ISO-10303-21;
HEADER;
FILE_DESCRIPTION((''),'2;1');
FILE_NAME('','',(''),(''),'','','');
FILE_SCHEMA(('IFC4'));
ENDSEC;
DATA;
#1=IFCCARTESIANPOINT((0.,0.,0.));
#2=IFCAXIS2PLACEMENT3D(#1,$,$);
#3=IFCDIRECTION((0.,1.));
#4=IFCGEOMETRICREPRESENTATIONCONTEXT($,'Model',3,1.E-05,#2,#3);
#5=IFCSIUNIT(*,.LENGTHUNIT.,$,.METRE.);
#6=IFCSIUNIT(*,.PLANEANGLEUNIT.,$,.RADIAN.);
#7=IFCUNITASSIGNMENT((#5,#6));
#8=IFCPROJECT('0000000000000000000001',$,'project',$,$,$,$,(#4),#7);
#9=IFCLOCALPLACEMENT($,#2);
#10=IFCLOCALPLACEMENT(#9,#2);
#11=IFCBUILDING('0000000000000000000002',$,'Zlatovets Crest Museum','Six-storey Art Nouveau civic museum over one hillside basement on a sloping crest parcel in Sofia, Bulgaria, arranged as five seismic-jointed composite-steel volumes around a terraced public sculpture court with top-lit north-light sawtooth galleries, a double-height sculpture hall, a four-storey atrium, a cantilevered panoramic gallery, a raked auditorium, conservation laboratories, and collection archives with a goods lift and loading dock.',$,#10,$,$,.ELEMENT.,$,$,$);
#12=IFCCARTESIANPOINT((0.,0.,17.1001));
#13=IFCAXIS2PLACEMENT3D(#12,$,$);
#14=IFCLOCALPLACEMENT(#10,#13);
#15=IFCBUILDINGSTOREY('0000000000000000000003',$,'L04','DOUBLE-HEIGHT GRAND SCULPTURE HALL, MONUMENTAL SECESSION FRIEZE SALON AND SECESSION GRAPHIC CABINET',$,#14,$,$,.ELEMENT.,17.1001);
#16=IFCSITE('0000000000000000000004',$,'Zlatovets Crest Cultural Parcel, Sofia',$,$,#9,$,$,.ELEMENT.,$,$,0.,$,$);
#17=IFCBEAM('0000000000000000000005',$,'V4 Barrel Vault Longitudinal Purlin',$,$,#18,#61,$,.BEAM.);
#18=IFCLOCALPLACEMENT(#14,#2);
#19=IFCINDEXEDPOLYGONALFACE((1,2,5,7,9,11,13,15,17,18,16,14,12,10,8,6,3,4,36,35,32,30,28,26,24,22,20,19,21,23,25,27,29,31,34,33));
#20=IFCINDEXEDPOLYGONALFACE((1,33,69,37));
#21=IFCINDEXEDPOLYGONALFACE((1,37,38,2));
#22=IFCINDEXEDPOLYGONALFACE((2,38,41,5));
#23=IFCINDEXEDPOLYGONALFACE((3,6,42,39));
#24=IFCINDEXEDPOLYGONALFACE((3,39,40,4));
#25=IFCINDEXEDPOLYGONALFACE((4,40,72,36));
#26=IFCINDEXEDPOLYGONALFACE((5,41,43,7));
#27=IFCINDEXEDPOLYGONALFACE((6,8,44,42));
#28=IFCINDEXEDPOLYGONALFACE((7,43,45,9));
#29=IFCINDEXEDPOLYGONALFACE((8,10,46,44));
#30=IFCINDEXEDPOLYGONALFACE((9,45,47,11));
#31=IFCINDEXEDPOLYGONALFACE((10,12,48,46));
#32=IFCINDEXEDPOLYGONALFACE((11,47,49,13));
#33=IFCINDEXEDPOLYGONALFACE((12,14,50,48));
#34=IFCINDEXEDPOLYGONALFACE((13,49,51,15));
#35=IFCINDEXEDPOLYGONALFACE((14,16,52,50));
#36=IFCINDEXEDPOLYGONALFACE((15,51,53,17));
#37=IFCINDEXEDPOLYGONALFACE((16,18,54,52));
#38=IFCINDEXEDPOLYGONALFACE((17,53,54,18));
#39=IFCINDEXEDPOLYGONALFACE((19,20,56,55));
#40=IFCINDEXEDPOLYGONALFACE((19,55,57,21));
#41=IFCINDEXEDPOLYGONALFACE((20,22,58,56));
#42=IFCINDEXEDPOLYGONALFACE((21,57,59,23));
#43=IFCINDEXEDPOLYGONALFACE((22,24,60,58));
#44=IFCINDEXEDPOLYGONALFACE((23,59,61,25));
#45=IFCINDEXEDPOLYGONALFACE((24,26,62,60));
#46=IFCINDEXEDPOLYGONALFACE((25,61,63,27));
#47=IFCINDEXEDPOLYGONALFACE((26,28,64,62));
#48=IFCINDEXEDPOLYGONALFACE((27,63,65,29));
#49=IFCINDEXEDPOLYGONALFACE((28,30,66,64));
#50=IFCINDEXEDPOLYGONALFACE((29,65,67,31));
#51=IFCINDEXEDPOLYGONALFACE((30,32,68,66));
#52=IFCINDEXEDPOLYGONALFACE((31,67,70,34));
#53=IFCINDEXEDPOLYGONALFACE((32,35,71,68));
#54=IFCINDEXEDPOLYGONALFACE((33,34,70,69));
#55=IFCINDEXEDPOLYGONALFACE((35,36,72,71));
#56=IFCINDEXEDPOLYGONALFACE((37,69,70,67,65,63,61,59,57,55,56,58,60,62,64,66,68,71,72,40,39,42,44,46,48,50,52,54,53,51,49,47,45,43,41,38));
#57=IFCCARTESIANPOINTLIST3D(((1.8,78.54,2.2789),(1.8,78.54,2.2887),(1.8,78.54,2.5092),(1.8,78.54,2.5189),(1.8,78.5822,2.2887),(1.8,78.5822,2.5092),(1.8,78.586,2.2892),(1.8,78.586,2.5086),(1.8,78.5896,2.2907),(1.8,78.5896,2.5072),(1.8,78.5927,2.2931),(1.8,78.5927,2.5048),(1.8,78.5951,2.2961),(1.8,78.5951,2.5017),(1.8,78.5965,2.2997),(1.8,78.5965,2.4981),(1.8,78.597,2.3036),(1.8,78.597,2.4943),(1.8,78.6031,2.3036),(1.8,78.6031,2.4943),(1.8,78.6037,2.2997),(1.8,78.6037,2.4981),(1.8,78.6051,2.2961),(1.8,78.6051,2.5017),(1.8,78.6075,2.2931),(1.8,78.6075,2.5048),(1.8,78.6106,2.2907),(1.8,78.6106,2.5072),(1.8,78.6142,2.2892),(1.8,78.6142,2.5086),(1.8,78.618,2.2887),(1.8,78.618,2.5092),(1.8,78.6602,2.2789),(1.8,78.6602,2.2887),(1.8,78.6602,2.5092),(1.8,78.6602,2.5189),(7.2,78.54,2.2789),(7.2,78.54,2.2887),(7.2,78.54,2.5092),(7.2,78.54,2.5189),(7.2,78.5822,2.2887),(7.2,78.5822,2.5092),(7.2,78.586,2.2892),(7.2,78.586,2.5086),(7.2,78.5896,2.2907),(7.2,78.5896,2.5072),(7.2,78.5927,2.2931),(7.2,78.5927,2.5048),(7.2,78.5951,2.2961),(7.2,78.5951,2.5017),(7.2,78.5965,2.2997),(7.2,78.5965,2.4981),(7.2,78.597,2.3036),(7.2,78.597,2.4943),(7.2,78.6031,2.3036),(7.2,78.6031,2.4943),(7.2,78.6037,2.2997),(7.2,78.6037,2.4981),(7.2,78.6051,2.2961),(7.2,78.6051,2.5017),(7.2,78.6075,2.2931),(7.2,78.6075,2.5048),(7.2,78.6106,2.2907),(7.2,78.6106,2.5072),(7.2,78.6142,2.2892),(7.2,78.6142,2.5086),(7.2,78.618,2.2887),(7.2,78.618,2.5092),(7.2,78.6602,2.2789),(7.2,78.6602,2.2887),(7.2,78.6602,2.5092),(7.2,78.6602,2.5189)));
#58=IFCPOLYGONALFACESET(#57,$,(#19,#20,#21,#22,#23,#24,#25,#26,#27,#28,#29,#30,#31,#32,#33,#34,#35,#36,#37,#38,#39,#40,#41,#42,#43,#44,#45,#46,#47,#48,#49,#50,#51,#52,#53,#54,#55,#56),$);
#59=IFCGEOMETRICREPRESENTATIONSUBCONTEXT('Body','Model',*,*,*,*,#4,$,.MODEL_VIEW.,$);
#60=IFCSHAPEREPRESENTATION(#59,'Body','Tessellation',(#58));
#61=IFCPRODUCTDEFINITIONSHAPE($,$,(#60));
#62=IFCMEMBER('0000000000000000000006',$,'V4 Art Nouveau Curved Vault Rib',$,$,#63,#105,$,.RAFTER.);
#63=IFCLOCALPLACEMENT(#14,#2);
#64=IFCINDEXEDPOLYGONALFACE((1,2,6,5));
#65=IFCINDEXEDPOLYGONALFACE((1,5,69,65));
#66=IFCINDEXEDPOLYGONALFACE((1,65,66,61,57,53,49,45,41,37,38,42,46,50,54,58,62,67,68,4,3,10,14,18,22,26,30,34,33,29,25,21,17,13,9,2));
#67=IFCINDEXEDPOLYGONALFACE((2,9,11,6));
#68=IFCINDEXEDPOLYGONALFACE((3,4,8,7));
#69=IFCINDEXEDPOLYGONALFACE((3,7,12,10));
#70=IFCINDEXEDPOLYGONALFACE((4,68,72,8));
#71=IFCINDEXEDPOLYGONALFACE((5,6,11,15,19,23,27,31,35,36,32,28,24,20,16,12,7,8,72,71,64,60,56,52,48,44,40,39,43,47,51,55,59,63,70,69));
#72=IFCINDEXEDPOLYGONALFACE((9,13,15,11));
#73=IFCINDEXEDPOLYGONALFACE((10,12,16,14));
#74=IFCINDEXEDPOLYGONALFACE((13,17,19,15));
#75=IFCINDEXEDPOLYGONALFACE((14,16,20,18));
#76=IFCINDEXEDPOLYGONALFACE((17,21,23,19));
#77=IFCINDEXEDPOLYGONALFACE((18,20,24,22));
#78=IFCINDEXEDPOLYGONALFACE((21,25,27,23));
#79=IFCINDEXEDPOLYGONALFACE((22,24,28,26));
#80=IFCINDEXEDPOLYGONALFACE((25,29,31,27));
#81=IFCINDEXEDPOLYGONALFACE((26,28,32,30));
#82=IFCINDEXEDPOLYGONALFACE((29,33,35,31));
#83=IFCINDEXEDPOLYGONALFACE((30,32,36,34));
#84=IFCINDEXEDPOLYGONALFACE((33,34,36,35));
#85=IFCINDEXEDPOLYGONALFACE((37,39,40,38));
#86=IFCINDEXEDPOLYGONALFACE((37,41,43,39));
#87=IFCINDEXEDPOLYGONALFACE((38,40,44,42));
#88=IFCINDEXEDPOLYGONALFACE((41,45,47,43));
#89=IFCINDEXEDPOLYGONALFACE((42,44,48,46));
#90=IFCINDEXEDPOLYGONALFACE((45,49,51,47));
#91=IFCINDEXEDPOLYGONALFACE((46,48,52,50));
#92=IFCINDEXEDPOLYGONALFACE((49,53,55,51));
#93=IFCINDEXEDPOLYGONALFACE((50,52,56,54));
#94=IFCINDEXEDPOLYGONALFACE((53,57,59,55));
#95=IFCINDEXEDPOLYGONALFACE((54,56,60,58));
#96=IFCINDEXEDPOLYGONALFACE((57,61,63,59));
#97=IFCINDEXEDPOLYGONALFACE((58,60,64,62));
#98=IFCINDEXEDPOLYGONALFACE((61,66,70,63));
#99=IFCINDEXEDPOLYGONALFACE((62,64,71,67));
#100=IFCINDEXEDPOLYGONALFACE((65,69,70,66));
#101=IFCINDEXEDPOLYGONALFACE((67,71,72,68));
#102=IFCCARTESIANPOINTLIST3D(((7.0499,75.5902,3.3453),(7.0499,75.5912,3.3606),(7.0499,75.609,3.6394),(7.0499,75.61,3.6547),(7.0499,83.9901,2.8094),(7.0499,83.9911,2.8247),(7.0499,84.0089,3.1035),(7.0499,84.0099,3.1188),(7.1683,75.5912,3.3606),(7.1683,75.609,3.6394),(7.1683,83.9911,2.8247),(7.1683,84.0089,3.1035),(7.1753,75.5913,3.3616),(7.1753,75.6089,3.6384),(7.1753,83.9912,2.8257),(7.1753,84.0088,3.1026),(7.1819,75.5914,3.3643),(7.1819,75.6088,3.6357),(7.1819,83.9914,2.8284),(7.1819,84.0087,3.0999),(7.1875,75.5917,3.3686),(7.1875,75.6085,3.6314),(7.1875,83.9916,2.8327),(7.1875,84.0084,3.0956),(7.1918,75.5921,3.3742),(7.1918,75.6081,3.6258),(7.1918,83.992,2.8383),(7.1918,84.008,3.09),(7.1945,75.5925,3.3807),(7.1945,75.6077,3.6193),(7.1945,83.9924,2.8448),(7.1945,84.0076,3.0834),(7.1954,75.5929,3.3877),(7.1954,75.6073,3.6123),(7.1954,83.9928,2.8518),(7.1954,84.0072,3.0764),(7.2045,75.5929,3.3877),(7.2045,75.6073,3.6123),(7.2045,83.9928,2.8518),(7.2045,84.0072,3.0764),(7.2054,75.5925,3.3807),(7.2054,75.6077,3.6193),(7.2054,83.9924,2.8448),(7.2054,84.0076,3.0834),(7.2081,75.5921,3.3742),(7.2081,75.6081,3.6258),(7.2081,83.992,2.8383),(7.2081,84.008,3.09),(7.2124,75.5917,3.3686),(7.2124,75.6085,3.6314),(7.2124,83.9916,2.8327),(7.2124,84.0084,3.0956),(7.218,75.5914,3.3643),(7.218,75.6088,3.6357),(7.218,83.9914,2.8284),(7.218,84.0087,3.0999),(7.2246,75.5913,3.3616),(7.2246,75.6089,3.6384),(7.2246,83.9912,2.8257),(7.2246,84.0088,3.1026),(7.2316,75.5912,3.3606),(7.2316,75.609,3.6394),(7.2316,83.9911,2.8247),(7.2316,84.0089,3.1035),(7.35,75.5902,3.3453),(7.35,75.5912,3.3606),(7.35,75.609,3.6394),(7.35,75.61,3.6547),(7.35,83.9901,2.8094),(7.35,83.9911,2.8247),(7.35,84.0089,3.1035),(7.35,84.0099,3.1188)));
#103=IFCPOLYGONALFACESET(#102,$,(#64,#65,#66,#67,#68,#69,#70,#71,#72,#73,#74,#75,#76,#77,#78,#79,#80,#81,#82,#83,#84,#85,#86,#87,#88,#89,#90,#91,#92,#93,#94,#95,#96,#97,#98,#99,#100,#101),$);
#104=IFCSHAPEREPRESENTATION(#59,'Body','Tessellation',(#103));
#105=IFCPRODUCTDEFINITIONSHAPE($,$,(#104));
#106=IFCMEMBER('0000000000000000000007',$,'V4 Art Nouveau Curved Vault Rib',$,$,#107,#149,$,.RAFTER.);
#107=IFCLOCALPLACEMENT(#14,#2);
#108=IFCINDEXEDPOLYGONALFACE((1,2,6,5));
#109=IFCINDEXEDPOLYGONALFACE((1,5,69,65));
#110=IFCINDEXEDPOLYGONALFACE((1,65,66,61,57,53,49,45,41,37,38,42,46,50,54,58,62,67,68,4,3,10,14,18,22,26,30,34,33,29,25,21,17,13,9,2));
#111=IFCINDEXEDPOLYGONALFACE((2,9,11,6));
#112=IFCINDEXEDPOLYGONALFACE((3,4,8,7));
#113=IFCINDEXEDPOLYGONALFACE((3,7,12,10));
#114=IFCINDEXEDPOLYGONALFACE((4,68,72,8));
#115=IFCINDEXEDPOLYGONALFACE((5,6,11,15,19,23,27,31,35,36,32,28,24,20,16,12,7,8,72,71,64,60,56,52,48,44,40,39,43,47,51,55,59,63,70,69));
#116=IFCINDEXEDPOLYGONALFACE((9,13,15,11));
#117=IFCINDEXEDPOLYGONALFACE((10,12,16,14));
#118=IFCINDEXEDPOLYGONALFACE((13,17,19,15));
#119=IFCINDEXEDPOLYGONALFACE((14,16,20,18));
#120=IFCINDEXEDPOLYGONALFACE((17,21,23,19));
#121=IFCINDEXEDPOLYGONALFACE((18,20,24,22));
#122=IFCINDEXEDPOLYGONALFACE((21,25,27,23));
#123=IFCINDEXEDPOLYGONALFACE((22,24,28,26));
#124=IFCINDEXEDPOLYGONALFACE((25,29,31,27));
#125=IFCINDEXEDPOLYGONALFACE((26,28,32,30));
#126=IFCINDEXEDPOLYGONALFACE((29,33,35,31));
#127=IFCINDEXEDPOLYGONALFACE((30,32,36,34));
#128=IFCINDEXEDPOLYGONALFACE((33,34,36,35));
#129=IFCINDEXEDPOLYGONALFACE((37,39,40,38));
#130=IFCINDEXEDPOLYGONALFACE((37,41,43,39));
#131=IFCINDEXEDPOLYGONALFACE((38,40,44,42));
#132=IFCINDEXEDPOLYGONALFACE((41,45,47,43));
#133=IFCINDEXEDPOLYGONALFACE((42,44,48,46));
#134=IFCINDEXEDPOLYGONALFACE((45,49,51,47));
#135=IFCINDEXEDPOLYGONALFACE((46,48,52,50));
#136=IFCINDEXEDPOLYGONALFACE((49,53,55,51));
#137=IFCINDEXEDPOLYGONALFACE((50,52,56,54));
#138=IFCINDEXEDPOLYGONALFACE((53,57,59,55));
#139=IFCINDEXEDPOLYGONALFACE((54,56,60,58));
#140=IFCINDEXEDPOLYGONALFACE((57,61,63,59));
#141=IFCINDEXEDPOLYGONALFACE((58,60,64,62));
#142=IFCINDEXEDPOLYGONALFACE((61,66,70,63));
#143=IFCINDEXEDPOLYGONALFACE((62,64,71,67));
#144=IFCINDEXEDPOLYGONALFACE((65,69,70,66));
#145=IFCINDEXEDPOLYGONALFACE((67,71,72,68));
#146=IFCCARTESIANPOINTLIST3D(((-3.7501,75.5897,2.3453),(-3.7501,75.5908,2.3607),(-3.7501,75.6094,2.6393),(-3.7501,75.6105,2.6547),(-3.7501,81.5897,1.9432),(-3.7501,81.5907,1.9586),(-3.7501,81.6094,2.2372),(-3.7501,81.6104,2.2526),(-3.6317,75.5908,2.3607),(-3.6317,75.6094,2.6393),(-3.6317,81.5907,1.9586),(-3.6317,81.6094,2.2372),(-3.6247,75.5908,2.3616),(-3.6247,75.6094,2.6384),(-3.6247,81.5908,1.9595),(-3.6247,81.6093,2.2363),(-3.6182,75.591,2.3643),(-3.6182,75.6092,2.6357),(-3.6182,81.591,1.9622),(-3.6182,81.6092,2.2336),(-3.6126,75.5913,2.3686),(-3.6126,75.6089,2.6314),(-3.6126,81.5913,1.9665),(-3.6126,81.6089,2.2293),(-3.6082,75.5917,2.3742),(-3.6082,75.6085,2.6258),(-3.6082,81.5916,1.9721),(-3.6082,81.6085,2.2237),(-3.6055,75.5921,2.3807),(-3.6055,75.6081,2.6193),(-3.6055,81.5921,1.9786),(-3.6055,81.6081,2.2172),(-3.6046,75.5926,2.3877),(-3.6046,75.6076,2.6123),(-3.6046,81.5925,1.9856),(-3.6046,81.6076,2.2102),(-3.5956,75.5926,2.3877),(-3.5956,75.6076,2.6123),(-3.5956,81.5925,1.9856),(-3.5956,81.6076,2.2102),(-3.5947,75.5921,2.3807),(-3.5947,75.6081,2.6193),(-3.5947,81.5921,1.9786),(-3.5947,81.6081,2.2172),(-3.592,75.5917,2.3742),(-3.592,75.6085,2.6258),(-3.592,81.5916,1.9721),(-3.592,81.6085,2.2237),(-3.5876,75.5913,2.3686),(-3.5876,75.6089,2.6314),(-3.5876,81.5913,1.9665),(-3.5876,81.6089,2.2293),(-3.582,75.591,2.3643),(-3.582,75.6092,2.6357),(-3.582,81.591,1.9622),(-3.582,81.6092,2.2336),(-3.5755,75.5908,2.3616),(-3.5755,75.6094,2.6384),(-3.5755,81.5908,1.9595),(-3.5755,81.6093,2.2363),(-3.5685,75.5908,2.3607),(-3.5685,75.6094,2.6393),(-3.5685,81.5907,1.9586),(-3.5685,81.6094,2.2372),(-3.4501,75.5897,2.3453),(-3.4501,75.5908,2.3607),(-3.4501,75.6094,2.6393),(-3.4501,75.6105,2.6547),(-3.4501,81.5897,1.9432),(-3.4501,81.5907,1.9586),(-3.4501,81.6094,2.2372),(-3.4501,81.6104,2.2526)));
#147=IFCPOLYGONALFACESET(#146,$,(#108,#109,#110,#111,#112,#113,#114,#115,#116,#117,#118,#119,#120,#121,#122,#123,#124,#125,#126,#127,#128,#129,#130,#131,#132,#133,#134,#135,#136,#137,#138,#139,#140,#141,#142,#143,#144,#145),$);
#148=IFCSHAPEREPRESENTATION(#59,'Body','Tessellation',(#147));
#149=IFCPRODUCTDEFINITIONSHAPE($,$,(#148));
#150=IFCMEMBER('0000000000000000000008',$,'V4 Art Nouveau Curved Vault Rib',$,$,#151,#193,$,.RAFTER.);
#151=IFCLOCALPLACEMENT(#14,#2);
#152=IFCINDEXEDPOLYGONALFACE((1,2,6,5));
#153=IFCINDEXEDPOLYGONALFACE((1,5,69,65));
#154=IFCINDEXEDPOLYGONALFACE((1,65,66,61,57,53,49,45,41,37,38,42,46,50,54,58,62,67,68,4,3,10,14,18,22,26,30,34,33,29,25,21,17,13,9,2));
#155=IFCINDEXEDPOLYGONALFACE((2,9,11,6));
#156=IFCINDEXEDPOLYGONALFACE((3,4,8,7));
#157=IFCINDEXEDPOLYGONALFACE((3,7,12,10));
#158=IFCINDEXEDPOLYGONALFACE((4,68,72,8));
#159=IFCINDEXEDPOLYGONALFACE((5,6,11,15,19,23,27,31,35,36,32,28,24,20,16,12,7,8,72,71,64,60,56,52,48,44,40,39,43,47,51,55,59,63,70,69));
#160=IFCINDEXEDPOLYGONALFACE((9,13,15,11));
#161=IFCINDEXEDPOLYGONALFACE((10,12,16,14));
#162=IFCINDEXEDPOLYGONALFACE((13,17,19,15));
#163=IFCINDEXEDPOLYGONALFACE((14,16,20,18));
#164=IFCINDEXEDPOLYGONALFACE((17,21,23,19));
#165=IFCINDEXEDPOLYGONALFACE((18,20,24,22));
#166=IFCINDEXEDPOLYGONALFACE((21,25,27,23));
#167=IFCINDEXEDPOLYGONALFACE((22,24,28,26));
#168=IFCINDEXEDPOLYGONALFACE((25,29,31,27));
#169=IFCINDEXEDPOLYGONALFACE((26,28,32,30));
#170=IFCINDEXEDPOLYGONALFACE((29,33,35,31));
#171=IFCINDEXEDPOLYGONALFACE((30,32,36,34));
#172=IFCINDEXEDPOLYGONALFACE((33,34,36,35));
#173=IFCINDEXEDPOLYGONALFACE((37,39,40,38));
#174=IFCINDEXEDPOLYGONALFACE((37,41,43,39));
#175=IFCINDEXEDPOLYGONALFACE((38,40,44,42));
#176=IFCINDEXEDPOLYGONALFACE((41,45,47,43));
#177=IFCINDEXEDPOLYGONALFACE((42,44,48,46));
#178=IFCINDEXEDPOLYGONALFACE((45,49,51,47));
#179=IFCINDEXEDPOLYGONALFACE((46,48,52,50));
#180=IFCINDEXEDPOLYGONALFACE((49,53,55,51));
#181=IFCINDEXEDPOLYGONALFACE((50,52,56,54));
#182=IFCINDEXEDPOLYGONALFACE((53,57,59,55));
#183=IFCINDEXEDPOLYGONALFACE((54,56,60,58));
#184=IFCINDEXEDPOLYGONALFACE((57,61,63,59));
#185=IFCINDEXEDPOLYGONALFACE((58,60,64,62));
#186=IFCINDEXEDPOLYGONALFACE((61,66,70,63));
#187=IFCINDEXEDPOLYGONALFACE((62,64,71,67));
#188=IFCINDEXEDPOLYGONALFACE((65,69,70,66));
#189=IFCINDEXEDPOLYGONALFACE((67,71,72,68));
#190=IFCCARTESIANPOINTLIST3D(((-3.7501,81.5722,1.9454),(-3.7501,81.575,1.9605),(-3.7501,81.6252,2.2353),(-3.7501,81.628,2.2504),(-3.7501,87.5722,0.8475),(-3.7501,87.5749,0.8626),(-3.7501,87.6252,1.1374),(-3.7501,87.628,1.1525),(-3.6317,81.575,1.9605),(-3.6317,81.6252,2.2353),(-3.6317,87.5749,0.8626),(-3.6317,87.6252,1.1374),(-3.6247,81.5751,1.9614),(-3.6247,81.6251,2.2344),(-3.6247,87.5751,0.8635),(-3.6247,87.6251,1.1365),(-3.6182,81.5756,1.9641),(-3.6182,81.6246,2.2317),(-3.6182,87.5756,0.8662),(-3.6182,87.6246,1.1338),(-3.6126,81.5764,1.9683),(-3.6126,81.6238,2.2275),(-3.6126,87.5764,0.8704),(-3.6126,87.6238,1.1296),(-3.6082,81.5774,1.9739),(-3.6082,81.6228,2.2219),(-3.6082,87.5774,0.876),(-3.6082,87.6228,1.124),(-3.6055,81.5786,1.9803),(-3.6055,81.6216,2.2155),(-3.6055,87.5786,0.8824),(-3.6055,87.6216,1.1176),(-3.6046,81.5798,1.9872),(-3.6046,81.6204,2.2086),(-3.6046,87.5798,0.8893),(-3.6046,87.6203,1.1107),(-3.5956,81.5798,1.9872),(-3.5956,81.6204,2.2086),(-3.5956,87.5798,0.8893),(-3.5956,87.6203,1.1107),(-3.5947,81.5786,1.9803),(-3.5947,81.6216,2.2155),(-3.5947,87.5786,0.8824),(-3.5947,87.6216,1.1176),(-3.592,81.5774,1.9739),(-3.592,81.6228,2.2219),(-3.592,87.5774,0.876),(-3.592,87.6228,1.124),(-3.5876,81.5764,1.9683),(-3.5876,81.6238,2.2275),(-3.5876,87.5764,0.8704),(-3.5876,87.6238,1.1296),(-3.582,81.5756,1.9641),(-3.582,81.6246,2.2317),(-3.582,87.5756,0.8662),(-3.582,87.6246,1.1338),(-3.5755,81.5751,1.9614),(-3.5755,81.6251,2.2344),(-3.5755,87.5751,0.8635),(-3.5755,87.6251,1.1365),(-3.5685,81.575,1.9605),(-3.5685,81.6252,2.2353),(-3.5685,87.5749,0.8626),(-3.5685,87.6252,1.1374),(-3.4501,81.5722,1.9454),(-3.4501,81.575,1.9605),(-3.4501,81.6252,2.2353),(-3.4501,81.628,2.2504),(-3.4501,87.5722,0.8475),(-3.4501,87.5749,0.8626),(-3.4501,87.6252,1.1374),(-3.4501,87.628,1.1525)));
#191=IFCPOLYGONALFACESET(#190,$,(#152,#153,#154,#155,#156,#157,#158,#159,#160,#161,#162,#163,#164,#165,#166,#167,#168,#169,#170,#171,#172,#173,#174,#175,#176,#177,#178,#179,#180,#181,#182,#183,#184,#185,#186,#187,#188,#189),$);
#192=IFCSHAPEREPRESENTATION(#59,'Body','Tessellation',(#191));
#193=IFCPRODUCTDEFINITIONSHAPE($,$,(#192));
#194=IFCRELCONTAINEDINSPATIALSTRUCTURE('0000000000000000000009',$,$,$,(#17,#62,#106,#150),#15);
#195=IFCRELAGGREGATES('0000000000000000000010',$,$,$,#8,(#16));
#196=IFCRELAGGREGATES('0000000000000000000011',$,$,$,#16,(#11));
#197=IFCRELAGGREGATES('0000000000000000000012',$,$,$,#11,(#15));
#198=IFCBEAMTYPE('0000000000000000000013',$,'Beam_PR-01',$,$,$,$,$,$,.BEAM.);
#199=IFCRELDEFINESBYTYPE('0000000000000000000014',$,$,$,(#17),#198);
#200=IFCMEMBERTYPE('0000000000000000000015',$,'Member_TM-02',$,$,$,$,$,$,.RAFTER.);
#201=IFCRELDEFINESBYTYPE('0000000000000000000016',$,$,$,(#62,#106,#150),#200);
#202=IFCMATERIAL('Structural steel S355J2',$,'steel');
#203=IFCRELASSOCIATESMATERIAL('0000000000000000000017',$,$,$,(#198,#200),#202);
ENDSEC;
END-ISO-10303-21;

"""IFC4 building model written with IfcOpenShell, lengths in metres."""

from ifc_helpers import new_model, si_unit, direction, frame, origin, origin_2d, place, context, subcontext, project, spatial, i_section, extrude, material, material_profile, profile_set, type_object, element, save


model = new_model("IFC4")

# Units and contexts
model_context = context("Model", 3, precision=1e-05, world=origin(), true_north=direction((0.0, 1.0)))
body_context = subcontext(model_context, "Body", "Model", "MODEL_VIEW")
ifc_project = project(units=[si_unit("LENGTHUNIT", "METRE"), si_unit("PLANEANGLEUNIT", "RADIAN")], contexts=[model_context])

# Site, building, storey
site_placement = place(None, origin())
site = spatial("IfcSite", under=ifc_project, at=site_placement, Name="Zlatovets Crest Cultural Parcel, Sofia", CompositionType="ELEMENT", RefElevation=0.0)
building_placement = place(site_placement, origin())
building = spatial("IfcBuilding", under=site, at=building_placement, Name="Zlatovets Crest Museum", Description="Six-storey Art Nouveau civic museum over one hillside basement on a sloping crest parcel in Sofia, Bulgaria, arranged as five seismic-jointed composite-steel volumes around a terraced public sculpture court with top-lit north-light sawtooth galleries, a double-height sculpture hall, a four-storey atrium, a cantilevered panoramic gallery, a raked auditorium, conservation laboratories, and collection archives with a goods lift and loading dock.", CompositionType="ELEMENT")
storey_placement = place(building_placement, frame((0.0, 0.0, 17.1001)))
storey = spatial("IfcBuildingStorey", under=building, at=storey_placement, Name="L04", Description="DOUBLE-HEIGHT GRAND SCULPTURE HALL, MONUMENTAL SECESSION FRIEZE SALON AND SECESSION GRAPHIC CABINET", CompositionType="ELEMENT", Elevation=17.1001)

# Beam
ifc_material_1 = material(Name="Structural steel S355J2", Category="steel")
ifc_material_profile_1 = material_profile(ifc_material_1, i_section(OverallWidth=0.1201, OverallDepth=0.24, WebThickness=0.0061, FlangeThickness=0.0098, FilletRadius=0.0149, at=origin_2d()), Name="IPE 240")
ifc_profile_set_1 = profile_set([ifc_material_profile_1], Name="Structural steel S355J2")
beam_type_1 = type_object("IfcBeamType", Name="Beam_PR-01", PredefinedType="BEAM", material=ifc_profile_set_1)
for number, where, z_axis, x_axis, name in (
    (1, (1.8, 78.6001, 2.3989), (1.0, 0.0, 0.0), (0.0, 1.0, 0.0), "V4 Barrel Vault Longitudinal Purlin"),
):
    element("IfcBeam", number, at=place(storey_placement, frame(where, z_axis=z_axis, x_axis=x_axis)), inside=storey, type_object=beam_type_1, Name=name, PredefinedType="BEAM", context=body_context, shape_type="SweptSolid", body=[
        extrude(i_section(OverallWidth=0.1201, OverallDepth=0.24, WebThickness=0.0061, FlangeThickness=0.0098, FilletRadius=0.0149, at=origin_2d()), origin(), (0.0, 0.0, 1.0), 5.3999),
    ])

# Members
ifc_material_profile_2 = material_profile(ifc_material_1, i_section(OverallWidth=0.3, OverallDepth=0.3101, WebThickness=0.009, FlangeThickness=0.0154, FilletRadius=0.0271, at=origin_2d()), Name="HEA 320")
ifc_profile_set_2 = profile_set([ifc_material_profile_2], Name="Structural steel S355J2")
member_type_1 = type_object("IfcMemberType", Name="Member_TM-02", PredefinedType="RAFTER", material=ifc_profile_set_2)
member_1_placement = place(storey_placement, frame((7.2, 75.6001, 3.5), z_axis=(0.0, 0.997971, -0.063668), x_axis=(-1.0, 0.0, 0.0)))
element("IfcMember", 2, at=member_1_placement, inside=storey, type_object=member_type_1, Name="V4 Art Nouveau Curved Vault Rib", PredefinedType="RAFTER", context=body_context, shape_type="SweptSolid", body=[
    extrude(i_section(OverallWidth=0.3, OverallDepth=0.3101, WebThickness=0.009, FlangeThickness=0.0154, FilletRadius=0.0271, at=origin_2d()), origin(), (0.0, 0.0, 1.0), 8.417),
])
member_2_placement = place(storey_placement, frame((-3.6001, 75.6001, 2.5), z_axis=(0.0, 0.997762, -0.066867), x_axis=(-1.0, 0.0, 0.0)))
element("IfcMember", 3, at=member_2_placement, inside=storey, type_object=member_type_1, Name="V4 Art Nouveau Curved Vault Rib", PredefinedType="RAFTER", context=body_context, shape_type="SweptSolid", body=[
    extrude(i_section(OverallWidth=0.3, OverallDepth=0.3101, WebThickness=0.009, FlangeThickness=0.0154, FilletRadius=0.0271, at=origin_2d()), origin(), (0.0, 0.0, 1.0), 6.0134),
])
member_3_placement = place(storey_placement, frame((-3.6001, 81.6001, 2.0979), z_axis=(0.0, 0.983668, -0.179995), x_axis=(-1.0, 0.0, 0.0)))
element("IfcMember", 4, at=member_3_placement, inside=storey, type_object=member_type_1, Name="V4 Art Nouveau Curved Vault Rib", PredefinedType="RAFTER", context=body_context, shape_type="SweptSolid", body=[
    extrude(i_section(OverallWidth=0.3, OverallDepth=0.3101, WebThickness=0.009, FlangeThickness=0.0154, FilletRadius=0.0271, at=origin_2d()), origin(), (0.0, 0.0, 1.0), 6.0996),
])

save(model, "model.ifc")
